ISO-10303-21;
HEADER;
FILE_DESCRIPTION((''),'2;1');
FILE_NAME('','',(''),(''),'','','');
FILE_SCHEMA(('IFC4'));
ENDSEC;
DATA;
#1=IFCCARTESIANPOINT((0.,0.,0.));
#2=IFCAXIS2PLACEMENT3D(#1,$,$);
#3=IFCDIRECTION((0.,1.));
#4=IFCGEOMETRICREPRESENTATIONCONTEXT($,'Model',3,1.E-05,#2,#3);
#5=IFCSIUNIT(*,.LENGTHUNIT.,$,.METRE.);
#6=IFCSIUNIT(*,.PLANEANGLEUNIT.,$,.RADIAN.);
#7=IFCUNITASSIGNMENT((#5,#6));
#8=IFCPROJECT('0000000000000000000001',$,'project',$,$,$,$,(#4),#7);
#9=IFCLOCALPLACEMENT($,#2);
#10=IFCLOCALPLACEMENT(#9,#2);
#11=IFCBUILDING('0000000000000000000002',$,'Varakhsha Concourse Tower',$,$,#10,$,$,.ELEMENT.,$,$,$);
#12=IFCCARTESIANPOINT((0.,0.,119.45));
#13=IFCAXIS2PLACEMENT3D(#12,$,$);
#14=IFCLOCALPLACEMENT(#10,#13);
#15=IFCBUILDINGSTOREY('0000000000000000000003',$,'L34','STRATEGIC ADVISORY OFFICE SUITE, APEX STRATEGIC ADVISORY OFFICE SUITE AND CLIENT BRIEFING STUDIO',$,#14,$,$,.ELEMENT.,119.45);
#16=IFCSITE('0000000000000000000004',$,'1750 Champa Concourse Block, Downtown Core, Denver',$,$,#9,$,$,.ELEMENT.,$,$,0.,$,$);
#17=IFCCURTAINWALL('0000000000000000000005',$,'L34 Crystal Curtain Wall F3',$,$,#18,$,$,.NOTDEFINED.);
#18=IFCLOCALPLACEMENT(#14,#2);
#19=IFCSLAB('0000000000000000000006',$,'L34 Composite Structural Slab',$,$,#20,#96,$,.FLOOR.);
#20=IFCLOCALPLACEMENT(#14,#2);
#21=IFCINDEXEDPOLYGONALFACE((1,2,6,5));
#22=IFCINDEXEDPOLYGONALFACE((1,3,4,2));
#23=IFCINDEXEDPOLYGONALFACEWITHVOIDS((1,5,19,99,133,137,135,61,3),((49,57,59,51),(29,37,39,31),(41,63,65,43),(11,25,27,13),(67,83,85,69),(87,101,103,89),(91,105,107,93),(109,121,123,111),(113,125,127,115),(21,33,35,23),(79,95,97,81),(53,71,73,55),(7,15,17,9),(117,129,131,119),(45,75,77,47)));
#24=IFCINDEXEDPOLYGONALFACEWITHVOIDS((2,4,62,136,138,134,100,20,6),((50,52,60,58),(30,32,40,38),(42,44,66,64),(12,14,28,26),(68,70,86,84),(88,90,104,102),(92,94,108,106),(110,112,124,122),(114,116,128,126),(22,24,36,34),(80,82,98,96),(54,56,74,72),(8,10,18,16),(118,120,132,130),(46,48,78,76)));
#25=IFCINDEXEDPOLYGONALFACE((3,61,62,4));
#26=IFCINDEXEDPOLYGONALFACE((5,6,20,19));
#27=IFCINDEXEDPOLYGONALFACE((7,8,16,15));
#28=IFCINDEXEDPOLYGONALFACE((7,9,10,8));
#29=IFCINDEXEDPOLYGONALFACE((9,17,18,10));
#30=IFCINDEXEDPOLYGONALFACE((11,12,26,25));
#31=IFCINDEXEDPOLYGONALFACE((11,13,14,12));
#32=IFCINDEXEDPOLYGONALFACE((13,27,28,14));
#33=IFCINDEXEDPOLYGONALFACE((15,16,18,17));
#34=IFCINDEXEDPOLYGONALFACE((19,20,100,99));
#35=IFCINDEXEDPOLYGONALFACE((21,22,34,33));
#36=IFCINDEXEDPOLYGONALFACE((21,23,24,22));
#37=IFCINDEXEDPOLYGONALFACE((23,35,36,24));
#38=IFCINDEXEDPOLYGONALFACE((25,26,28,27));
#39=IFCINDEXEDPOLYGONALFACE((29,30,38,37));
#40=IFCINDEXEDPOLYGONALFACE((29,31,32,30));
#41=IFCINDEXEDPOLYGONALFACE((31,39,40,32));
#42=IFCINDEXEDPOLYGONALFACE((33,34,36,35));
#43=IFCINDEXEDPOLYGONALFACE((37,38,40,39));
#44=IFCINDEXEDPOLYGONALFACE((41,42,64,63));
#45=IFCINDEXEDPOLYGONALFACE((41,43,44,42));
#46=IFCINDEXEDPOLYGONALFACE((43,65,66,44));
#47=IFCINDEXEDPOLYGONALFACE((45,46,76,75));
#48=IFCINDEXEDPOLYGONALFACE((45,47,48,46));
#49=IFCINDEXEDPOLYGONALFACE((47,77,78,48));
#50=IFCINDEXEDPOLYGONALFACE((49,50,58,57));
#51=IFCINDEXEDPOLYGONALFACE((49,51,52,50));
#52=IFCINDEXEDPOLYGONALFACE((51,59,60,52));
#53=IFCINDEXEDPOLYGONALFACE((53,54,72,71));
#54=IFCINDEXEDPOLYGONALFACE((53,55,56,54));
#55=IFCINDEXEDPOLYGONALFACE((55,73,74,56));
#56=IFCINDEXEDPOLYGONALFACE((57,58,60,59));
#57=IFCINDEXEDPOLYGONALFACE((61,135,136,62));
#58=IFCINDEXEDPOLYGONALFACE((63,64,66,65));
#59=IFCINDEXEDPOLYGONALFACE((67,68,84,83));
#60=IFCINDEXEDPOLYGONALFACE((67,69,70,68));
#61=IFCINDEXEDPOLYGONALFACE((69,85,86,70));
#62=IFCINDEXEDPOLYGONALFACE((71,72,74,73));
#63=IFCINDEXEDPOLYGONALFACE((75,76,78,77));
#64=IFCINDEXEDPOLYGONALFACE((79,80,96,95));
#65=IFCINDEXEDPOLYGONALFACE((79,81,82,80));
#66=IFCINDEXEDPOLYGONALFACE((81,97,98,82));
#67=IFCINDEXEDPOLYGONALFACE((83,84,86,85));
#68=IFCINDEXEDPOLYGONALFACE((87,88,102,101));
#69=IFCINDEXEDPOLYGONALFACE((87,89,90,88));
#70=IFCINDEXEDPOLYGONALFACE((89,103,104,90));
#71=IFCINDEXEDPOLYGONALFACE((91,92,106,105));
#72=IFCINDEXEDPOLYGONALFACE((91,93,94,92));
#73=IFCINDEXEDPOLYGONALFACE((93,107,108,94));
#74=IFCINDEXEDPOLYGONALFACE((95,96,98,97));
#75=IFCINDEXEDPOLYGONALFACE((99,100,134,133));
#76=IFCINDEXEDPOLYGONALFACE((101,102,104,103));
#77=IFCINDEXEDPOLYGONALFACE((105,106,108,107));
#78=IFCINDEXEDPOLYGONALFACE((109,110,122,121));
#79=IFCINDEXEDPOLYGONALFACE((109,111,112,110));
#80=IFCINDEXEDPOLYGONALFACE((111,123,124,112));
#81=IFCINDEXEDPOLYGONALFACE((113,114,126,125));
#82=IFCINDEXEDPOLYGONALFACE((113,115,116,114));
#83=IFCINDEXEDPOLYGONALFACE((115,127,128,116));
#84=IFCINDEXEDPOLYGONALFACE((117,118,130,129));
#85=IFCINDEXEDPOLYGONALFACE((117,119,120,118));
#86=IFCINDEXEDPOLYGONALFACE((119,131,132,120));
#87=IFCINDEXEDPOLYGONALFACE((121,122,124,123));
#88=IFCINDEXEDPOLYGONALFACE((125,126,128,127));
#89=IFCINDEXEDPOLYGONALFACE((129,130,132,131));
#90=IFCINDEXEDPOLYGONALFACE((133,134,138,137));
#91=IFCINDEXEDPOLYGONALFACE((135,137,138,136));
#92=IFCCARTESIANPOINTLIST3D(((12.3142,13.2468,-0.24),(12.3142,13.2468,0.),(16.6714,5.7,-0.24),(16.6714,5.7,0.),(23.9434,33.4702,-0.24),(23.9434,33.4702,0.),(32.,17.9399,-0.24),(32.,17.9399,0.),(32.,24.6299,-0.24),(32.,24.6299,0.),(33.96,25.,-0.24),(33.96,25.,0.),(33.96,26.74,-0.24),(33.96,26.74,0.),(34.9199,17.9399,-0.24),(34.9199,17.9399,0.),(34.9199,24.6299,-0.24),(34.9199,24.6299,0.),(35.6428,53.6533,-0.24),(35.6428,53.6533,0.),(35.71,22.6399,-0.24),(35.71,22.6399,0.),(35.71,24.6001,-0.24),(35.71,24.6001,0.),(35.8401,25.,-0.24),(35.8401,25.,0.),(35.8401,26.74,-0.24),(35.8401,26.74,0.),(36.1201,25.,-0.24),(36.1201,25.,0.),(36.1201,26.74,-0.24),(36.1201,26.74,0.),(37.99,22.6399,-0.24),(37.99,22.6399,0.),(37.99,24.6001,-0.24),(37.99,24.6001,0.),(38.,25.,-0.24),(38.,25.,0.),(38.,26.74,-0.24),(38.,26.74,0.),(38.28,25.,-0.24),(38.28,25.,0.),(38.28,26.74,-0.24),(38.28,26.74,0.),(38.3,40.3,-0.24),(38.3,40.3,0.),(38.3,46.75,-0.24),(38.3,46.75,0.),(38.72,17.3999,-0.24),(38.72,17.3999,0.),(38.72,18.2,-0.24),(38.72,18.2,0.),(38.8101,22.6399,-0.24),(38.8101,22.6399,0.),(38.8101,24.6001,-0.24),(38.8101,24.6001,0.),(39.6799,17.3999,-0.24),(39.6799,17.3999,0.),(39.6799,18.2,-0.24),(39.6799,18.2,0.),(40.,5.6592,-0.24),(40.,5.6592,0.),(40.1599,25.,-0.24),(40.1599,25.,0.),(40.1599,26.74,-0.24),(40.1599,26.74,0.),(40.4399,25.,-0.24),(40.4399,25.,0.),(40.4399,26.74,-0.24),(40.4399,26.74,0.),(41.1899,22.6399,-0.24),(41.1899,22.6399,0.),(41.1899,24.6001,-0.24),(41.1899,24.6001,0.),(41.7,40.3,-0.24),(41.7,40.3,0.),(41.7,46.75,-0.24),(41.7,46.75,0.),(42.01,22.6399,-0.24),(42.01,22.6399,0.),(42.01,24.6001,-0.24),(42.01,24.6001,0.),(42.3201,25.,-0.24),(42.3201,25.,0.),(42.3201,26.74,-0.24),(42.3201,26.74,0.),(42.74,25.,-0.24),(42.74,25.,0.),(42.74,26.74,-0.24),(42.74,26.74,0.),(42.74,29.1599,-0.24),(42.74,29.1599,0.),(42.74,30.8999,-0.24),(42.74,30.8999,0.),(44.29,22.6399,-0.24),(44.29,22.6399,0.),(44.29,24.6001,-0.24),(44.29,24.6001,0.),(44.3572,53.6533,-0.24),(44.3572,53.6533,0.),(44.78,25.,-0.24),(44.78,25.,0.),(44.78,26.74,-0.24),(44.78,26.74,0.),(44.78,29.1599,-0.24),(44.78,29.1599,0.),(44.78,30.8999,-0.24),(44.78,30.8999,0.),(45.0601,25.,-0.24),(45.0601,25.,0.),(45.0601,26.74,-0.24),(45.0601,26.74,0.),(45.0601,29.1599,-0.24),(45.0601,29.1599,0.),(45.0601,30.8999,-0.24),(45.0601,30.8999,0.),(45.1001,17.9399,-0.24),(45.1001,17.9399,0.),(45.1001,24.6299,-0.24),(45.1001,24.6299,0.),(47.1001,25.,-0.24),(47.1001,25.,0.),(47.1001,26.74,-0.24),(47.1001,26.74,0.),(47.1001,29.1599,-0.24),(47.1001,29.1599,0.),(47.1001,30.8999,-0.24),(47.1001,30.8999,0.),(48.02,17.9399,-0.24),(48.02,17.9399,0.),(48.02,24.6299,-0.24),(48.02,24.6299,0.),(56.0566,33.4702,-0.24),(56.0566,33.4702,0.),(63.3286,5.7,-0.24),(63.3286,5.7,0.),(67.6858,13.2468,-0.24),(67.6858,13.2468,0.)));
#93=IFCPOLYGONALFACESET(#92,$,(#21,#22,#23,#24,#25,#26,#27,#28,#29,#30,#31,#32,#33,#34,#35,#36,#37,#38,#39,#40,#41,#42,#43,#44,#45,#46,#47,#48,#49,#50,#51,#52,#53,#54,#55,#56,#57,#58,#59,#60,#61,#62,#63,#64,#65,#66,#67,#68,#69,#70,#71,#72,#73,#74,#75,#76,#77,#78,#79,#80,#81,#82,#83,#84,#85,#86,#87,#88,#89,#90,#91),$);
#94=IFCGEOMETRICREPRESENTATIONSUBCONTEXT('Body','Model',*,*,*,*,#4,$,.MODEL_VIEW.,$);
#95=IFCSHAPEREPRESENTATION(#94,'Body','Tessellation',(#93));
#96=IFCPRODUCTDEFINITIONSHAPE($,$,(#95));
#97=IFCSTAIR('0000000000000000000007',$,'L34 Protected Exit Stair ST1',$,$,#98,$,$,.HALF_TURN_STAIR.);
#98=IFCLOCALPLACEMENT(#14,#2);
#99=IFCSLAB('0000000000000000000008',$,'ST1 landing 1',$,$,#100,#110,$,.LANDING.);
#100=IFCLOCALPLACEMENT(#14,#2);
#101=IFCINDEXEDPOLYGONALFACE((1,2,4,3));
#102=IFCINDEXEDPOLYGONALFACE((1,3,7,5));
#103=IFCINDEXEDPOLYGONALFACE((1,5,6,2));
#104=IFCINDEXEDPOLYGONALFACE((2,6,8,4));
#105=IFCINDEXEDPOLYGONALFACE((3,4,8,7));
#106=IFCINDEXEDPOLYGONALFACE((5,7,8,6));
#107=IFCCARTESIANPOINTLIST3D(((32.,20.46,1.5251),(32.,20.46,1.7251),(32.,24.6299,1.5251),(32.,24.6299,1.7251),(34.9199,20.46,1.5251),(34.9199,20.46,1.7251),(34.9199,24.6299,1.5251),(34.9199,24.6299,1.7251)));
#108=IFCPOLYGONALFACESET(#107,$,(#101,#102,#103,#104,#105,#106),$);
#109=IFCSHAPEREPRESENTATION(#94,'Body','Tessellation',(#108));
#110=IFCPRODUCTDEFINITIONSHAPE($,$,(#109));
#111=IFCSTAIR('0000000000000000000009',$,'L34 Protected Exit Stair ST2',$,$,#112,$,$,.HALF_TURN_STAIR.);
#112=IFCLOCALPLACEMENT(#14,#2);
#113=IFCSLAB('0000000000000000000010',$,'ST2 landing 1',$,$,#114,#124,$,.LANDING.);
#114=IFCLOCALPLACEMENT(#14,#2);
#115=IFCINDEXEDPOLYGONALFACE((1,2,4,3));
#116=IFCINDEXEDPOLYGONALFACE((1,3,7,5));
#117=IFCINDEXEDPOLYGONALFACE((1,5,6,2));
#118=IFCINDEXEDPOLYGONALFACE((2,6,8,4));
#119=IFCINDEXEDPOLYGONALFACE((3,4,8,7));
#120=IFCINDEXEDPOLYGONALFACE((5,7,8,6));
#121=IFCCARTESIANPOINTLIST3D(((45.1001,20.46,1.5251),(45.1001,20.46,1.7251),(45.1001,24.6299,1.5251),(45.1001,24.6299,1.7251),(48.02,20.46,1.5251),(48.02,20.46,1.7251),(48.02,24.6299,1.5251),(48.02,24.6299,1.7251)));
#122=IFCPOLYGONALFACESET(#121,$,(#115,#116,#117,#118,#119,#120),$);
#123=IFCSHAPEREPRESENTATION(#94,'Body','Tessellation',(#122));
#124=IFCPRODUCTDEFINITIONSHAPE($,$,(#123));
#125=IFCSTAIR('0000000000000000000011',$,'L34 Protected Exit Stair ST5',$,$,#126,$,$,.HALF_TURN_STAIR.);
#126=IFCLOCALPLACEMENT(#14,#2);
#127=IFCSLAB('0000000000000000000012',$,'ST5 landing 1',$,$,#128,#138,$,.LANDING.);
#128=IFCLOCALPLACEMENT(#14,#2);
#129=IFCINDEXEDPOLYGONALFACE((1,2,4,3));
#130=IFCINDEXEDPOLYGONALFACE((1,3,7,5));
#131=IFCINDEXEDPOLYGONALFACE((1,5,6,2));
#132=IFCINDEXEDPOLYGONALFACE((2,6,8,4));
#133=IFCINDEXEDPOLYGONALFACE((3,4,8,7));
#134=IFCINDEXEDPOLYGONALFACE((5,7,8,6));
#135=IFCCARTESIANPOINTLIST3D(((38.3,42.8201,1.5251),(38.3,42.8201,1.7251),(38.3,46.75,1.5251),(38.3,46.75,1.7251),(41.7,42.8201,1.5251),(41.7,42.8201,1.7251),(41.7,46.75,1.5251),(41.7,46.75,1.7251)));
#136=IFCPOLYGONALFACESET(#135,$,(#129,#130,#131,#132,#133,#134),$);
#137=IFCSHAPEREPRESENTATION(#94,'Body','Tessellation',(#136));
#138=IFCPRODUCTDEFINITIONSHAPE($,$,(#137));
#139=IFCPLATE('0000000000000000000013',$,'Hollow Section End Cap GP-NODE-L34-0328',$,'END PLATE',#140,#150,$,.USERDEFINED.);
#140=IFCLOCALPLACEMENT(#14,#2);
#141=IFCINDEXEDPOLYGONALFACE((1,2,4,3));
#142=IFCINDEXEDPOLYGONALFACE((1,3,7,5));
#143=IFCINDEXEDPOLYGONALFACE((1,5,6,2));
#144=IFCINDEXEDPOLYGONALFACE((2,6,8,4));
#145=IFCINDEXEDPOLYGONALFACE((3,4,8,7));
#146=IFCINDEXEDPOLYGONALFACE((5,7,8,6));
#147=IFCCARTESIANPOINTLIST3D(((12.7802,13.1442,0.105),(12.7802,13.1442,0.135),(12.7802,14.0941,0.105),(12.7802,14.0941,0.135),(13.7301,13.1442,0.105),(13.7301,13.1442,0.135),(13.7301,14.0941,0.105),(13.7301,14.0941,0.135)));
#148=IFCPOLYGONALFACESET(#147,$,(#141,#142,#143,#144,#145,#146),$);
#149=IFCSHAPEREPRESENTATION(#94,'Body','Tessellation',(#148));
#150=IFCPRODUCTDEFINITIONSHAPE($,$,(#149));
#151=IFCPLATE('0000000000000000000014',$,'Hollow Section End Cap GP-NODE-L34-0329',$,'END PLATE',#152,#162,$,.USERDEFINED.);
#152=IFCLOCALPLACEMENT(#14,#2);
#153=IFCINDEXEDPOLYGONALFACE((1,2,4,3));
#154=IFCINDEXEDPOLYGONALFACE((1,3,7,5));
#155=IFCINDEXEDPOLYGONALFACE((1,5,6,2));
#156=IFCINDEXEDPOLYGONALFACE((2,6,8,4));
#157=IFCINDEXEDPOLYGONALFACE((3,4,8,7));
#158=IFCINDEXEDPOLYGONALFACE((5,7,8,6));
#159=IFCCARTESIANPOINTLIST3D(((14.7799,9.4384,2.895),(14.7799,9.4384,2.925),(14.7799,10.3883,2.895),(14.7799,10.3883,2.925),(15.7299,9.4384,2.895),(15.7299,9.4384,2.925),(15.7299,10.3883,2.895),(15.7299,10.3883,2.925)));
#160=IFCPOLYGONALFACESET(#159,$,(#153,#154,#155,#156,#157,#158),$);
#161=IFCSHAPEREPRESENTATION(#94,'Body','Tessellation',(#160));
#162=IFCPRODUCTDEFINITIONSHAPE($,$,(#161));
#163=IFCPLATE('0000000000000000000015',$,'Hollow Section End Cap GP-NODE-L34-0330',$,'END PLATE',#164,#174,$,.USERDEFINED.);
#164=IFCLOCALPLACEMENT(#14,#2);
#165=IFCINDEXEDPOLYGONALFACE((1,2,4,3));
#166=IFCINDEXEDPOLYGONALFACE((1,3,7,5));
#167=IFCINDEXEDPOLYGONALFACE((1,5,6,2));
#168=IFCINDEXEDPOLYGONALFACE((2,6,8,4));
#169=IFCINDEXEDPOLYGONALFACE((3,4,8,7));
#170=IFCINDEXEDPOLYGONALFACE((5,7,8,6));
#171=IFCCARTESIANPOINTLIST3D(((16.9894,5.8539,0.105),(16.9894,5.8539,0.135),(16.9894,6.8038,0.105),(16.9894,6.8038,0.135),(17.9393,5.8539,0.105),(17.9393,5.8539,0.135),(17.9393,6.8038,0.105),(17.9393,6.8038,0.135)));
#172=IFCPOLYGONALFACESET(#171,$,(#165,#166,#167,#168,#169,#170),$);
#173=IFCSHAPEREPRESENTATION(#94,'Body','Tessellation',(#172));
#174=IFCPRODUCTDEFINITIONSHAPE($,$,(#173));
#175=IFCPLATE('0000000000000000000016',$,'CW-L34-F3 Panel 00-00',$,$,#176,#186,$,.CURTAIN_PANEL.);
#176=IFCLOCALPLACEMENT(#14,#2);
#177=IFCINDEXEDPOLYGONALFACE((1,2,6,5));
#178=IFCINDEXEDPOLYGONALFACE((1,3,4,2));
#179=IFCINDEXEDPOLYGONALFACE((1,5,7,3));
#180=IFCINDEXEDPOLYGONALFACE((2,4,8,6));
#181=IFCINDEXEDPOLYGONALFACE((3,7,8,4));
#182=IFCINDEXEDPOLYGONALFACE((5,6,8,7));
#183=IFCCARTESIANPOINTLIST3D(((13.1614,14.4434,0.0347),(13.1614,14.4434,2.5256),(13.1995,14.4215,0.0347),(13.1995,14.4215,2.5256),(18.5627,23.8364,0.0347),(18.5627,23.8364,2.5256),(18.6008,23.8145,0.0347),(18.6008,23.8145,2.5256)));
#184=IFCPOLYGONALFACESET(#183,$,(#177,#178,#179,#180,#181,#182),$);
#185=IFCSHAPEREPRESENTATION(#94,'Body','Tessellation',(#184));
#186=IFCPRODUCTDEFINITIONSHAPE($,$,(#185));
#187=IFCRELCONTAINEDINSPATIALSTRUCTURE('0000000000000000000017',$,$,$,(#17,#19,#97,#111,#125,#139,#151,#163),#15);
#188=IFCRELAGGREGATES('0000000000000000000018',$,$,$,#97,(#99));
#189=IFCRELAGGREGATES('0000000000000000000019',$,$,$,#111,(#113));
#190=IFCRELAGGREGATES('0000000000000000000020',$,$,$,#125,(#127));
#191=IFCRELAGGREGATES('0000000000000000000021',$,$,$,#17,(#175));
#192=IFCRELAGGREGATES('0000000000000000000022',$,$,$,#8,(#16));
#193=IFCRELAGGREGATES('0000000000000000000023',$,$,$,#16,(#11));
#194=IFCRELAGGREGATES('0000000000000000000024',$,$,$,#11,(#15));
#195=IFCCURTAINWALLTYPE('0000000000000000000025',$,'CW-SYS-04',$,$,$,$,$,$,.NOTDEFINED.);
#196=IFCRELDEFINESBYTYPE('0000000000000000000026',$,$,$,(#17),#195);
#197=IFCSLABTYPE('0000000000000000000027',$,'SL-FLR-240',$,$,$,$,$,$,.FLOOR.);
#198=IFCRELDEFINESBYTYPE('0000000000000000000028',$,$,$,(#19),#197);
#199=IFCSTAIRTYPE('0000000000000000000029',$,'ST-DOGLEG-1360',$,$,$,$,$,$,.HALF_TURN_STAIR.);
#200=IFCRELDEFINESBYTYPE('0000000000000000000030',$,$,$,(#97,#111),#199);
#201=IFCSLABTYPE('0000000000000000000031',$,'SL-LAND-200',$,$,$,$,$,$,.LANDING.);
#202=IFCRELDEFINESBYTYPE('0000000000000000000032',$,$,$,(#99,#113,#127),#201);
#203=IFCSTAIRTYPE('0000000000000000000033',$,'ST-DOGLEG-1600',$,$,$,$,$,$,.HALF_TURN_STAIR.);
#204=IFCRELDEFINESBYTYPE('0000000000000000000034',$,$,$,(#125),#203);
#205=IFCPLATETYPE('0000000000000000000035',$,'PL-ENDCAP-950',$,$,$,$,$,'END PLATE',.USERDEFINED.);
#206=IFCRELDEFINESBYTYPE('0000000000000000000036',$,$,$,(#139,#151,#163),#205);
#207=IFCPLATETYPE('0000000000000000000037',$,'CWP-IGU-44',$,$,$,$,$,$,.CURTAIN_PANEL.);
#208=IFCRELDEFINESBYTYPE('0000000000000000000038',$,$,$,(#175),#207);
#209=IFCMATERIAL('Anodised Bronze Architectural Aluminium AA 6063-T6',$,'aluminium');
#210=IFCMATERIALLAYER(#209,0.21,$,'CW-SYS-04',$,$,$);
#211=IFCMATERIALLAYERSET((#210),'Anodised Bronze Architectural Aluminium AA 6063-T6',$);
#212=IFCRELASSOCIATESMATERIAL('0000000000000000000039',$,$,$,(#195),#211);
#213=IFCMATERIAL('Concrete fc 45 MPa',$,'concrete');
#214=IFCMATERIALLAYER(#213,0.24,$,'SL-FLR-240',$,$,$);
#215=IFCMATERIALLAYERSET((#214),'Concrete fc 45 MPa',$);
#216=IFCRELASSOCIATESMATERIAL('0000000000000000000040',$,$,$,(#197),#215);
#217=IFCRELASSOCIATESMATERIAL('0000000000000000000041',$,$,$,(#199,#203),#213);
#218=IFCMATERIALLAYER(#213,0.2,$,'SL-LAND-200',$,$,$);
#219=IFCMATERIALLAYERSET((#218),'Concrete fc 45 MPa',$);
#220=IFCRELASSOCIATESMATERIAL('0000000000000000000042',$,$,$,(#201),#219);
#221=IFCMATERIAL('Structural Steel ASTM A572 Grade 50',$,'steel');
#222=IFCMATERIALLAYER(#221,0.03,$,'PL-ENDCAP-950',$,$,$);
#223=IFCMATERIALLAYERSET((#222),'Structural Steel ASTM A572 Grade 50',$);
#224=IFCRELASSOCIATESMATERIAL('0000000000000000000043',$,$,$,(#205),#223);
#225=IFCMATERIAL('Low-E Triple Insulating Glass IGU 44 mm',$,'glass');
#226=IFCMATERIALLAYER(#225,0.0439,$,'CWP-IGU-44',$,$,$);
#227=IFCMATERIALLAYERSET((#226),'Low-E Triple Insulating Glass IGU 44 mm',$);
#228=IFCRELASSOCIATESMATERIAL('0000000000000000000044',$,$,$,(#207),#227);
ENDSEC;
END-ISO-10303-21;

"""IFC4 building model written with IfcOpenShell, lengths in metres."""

from ifc_helpers import new_model, si_unit, direction, frame, origin, origin_2d, place, context, subcontext, project, spatial, polyline, rectangle, outline, extrude, source, transform, mapped, material, layer, layer_set, type_object, type_shapes, element, aggregate, save


model = new_model("IFC4")

# Units and contexts
model_context = context("Model", 3, precision=1e-05, world=origin(), true_north=direction((0.0, 1.0)))
body_context = subcontext(model_context, "Body", "Model", "MODEL_VIEW")
ifc_project = project(units=[si_unit("LENGTHUNIT", "METRE"), si_unit("PLANEANGLEUNIT", "RADIAN")], contexts=[model_context])

# Site, building, storey
site_placement = place(None, origin())
site = spatial("IfcSite", under=ifc_project, at=site_placement, Name="1750 Champa Concourse Block, Downtown Core, Denver", CompositionType="ELEMENT", RefElevation=0.0)
building_placement = place(site_placement, origin())
building = spatial("IfcBuilding", under=site, at=building_placement, Name="Varakhsha Concourse Tower", CompositionType="ELEMENT")
storey_placement = place(building_placement, frame((0.0, 0.0, 119.45)))
storey = spatial("IfcBuildingStorey", under=building, at=storey_placement, Name="L34", Description="STRATEGIC ADVISORY OFFICE SUITE, APEX STRATEGIC ADVISORY OFFICE SUITE AND CLIENT BRIEFING STUDIO", CompositionType="ELEMENT", Elevation=119.45)

# Shared definitions
ifc_material_1 = material(Name="Structural Steel ASTM A572 Grade 50", Category="steel")

# Curtain wall
ifc_material_2 = material(Name="Anodised Bronze Architectural Aluminium AA 6063-T6", Category="aluminium")
ifc_layer_1 = layer(ifc_material_2, 0.21, Name="CW-SYS-04")
ifc_layer_set_1 = layer_set([ifc_layer_1], Name="Anodised Bronze Architectural Aluminium AA 6063-T6")
curtain_wall_type = type_object("IfcCurtainWallType", Name="CW-SYS-04", PredefinedType="NOTDEFINED", material=ifc_layer_set_1)
curtain_wall_1_placement = place(storey_placement, origin())
curtain_wall_1 = element("IfcCurtainWall", 1, at=curtain_wall_1_placement, inside=storey, type_object=curtain_wall_type, Name="L34 Crystal Curtain Wall F3", PredefinedType="NOTDEFINED")

# Slab
ifc_material_3 = material(Name="Concrete fc 45 MPa", Category="concrete")
ifc_layer_2 = layer(ifc_material_3, 0.24, Name="SL-FLR-240")
ifc_layer_set_2 = layer_set([ifc_layer_2], Name="Concrete fc 45 MPa")
slab_type_1 = type_object("IfcSlabType", Name="SL-FLR-240", PredefinedType="FLOOR", material=ifc_layer_set_2)
slab_1_placement = place(storey_placement, frame((0.0, 0.0, -0.24)))
element("IfcSlab", 2, at=slab_1_placement, inside=storey, type_object=slab_type_1, Name="L34 Composite Structural Slab", PredefinedType="FLOOR", context=body_context, shape_type="SweptSolid", body=[
    extrude(outline(polyline([(44.3572, 53.6533), (35.6428, 53.6533), (23.9434, 33.4702), (12.3142, 13.2468), (16.6714, 5.7), (40.0, 5.6592), (63.3286, 5.7), (67.6858, 13.2468), (56.0566, 33.4702), (44.3572, 53.6533)]), holes=[polyline([(34.9199, 17.9399), (34.9199, 24.6299), (32.0, 24.6299), (32.0, 17.9399), (34.9199, 17.9399)]), polyline([(48.02, 17.9399), (48.02, 24.6299), (45.1001, 24.6299), (45.1001, 17.9399), (48.02, 17.9399)]), polyline([(41.7, 40.3), (41.7, 46.75), (38.3, 46.75), (38.3, 40.3), (41.7, 40.3)]), polyline([(33.96, 25.0), (35.8401, 25.0), (35.8401, 26.74), (33.96, 26.74), (33.96, 25.0)]), polyline([(36.1201, 25.0), (38.0, 25.0), (38.0, 26.74), (36.1201, 26.74), (36.1201, 25.0)]), polyline([(38.28, 25.0), (40.1599, 25.0), (40.1599, 26.74), (38.28, 26.74), (38.28, 25.0)]), polyline([(40.4399, 25.0), (42.3201, 25.0), (42.3201, 26.74), (40.4399, 26.74), (40.4399, 25.0)]), polyline([(42.74, 29.1599), (44.78, 29.1599), (44.78, 30.8999), (42.74, 30.8999), (42.74, 29.1599)]), polyline([(45.0601, 29.1599), (47.1001, 29.1599), (47.1001, 30.8999), (45.0601, 30.8999), (45.0601, 29.1599)]), polyline([(42.74, 25.0), (44.78, 25.0), (44.78, 26.74), (42.74, 26.74), (42.74, 25.0)]), polyline([(45.0601, 25.0), (47.1001, 25.0), (47.1001, 26.74), (45.0601, 26.74), (45.0601, 25.0)]), polyline([(35.71, 22.6399), (37.99, 22.6399), (37.99, 24.6001), (35.71, 24.6001), (35.71, 22.6399)]), polyline([(42.01, 22.6399), (44.29, 22.6399), (44.29, 24.6001), (42.01, 24.6001), (42.01, 22.6399)]), polyline([(38.8101, 22.6399), (41.1899, 22.6399), (41.1899, 24.6001), (38.8101, 24.6001), (38.8101, 22.6399)]), polyline([(38.72, 17.3999), (39.6799, 17.3999), (39.6799, 18.2), (38.72, 18.2), (38.72, 17.3999)])]), origin(), (0.0, 0.0, 1.0), 0.24),
])

# Stairs, slabs
stair_type_1 = type_object("IfcStairType", Name="ST-DOGLEG-1360", PredefinedType="HALF_TURN_STAIR", material=ifc_material_3)
stair_1_placement = place(storey_placement, origin())
stair_1 = element("IfcStair", 3, at=stair_1_placement, inside=storey, type_object=stair_type_1, Name="L34 Protected Exit Stair ST1", PredefinedType="HALF_TURN_STAIR")
ifc_layer_3 = layer(ifc_material_3, 0.2, Name="SL-LAND-200")
ifc_layer_set_3 = layer_set([ifc_layer_3], Name="Concrete fc 45 MPa")
slab_type_2 = type_object("IfcSlabType", Name="SL-LAND-200", PredefinedType="LANDING", material=ifc_layer_set_3)
slab_2_placement = place(storey_placement, frame((0.0, 0.0, 1.5251)))
slab_2 = element("IfcSlab", 4, at=slab_2_placement, type_object=slab_type_2, Name="ST1 landing 1", PredefinedType="LANDING", context=body_context, shape_type="SweptSolid", body=[
    extrude(outline(polyline([(34.9199, 20.46), (34.9199, 24.6299), (32.0, 24.6299), (32.0, 20.46), (34.9199, 20.46)])), origin(), (0.0, 0.0, 1.0), 0.2),
])
aggregate(stair_1, [slab_2])
stair_2_placement = place(storey_placement, origin())
stair_2 = element("IfcStair", 5, at=stair_2_placement, inside=storey, type_object=stair_type_1, Name="L34 Protected Exit Stair ST2", PredefinedType="HALF_TURN_STAIR")
slab_3_placement = place(storey_placement, frame((0.0, 0.0, 1.5251)))
slab_3 = element("IfcSlab", 6, at=slab_3_placement, type_object=slab_type_2, Name="ST2 landing 1", PredefinedType="LANDING", context=body_context, shape_type="SweptSolid", body=[
    extrude(outline(polyline([(48.02, 20.46), (48.02, 24.6299), (45.1001, 24.6299), (45.1001, 20.46), (48.02, 20.46)])), origin(), (0.0, 0.0, 1.0), 0.2),
])
aggregate(stair_2, [slab_3])
stair_type_2 = type_object("IfcStairType", Name="ST-DOGLEG-1600", PredefinedType="HALF_TURN_STAIR", material=ifc_material_3)
stair_3_placement = place(storey_placement, origin())
stair_3 = element("IfcStair", 7, at=stair_3_placement, inside=storey, type_object=stair_type_2, Name="L34 Protected Exit Stair ST5", PredefinedType="HALF_TURN_STAIR")
slab_4_placement = place(storey_placement, frame((0.0, 0.0, 1.5251)))
slab_4 = element("IfcSlab", 8, at=slab_4_placement, type_object=slab_type_2, Name="ST5 landing 1", PredefinedType="LANDING", context=body_context, shape_type="SweptSolid", body=[
    extrude(outline(polyline([(41.7, 42.8201), (41.7, 46.75), (38.3, 46.75), (38.3, 42.8201), (41.7, 42.8201)])), origin(), (0.0, 0.0, 1.0), 0.2),
])
aggregate(stair_3, [slab_4])

# Plates
ifc_layer_4 = layer(ifc_material_1, 0.03, Name="PL-ENDCAP-950")
ifc_layer_set_4 = layer_set([ifc_layer_4], Name="Structural Steel ASTM A572 Grade 50")
plate_type_1 = type_object("IfcPlateType", Name="PL-ENDCAP-950", ElementType="END PLATE", PredefinedType="USERDEFINED", material=ifc_layer_set_4)
shared_shape_1 = source(origin(), body_context, "Body", "SweptSolid", [
    extrude(rectangle(XDim=0.95, YDim=0.95, at=origin_2d()), origin(), (0.0, 0.0, 1.0), 0.03),
])
type_shapes(plate_type_1, [shared_shape_1])
for number, where, z_axis, x_axis, name in (
    (9, (13.2551, 13.6191, 0.105), (0.0, 0.0, 1.0), (1.0, 0.0, 0.0), "Hollow Section End Cap GP-NODE-L34-0328"),
    (10, (15.2549, 9.9133, 2.895), (0.0, 0.0, 1.0), (1.0, 0.0, 0.0), "Hollow Section End Cap GP-NODE-L34-0329"),
    (11, (17.4644, 6.3289, 0.105), (0.0, 0.0, 1.0), (1.0, 0.0, 0.0), "Hollow Section End Cap GP-NODE-L34-0330"),
):
    element("IfcPlate", number, at=place(storey_placement, frame(where, z_axis=z_axis, x_axis=x_axis)), inside=storey, type_object=plate_type_1, Name=name, ObjectType="END PLATE", PredefinedType="USERDEFINED", context=body_context, shape_type="MappedRepresentation", body=[
        mapped(shared_shape_1, transform((0.0, 0.0, 0.0), scale=1.0)),
    ])

# Plate
ifc_material_4 = material(Name="Low-E Triple Insulating Glass IGU 44 mm", Category="glass")
ifc_layer_5 = layer(ifc_material_4, 0.0439, Name="CWP-IGU-44")
ifc_layer_set_5 = layer_set([ifc_layer_5], Name="Low-E Triple Insulating Glass IGU 44 mm")
plate_type_2 = type_object("IfcPlateType", Name="CWP-IGU-44", PredefinedType="CURTAIN_PANEL", material=ifc_layer_set_5)
shared_shape_2 = source(origin(), body_context, "Body", "SweptSolid", [
    extrude(rectangle(XDim=10.8352, YDim=0.0439, at=origin_2d()), origin(), (0.0, 0.0, 1.0), 2.491),
])
type_shapes(plate_type_2, [shared_shape_2])
plate_1_placement = place(storey_placement, frame((15.8811, 19.1289, 0.0347), z_axis=(0.0, 0.0, 1.0), x_axis=(0.498489, 0.866896, 0.0)))
plate_1 = element("IfcPlate", 12, at=plate_1_placement, type_object=plate_type_2, Name="CW-L34-F3 Panel 00-00", PredefinedType="CURTAIN_PANEL", context=body_context, shape_type="MappedRepresentation", body=[
    mapped(shared_shape_2, transform((0.0, 0.0, 0.0), scale=1.0)),
])
aggregate(curtain_wall_1, [plate_1])

save(model, "model.ifc")
